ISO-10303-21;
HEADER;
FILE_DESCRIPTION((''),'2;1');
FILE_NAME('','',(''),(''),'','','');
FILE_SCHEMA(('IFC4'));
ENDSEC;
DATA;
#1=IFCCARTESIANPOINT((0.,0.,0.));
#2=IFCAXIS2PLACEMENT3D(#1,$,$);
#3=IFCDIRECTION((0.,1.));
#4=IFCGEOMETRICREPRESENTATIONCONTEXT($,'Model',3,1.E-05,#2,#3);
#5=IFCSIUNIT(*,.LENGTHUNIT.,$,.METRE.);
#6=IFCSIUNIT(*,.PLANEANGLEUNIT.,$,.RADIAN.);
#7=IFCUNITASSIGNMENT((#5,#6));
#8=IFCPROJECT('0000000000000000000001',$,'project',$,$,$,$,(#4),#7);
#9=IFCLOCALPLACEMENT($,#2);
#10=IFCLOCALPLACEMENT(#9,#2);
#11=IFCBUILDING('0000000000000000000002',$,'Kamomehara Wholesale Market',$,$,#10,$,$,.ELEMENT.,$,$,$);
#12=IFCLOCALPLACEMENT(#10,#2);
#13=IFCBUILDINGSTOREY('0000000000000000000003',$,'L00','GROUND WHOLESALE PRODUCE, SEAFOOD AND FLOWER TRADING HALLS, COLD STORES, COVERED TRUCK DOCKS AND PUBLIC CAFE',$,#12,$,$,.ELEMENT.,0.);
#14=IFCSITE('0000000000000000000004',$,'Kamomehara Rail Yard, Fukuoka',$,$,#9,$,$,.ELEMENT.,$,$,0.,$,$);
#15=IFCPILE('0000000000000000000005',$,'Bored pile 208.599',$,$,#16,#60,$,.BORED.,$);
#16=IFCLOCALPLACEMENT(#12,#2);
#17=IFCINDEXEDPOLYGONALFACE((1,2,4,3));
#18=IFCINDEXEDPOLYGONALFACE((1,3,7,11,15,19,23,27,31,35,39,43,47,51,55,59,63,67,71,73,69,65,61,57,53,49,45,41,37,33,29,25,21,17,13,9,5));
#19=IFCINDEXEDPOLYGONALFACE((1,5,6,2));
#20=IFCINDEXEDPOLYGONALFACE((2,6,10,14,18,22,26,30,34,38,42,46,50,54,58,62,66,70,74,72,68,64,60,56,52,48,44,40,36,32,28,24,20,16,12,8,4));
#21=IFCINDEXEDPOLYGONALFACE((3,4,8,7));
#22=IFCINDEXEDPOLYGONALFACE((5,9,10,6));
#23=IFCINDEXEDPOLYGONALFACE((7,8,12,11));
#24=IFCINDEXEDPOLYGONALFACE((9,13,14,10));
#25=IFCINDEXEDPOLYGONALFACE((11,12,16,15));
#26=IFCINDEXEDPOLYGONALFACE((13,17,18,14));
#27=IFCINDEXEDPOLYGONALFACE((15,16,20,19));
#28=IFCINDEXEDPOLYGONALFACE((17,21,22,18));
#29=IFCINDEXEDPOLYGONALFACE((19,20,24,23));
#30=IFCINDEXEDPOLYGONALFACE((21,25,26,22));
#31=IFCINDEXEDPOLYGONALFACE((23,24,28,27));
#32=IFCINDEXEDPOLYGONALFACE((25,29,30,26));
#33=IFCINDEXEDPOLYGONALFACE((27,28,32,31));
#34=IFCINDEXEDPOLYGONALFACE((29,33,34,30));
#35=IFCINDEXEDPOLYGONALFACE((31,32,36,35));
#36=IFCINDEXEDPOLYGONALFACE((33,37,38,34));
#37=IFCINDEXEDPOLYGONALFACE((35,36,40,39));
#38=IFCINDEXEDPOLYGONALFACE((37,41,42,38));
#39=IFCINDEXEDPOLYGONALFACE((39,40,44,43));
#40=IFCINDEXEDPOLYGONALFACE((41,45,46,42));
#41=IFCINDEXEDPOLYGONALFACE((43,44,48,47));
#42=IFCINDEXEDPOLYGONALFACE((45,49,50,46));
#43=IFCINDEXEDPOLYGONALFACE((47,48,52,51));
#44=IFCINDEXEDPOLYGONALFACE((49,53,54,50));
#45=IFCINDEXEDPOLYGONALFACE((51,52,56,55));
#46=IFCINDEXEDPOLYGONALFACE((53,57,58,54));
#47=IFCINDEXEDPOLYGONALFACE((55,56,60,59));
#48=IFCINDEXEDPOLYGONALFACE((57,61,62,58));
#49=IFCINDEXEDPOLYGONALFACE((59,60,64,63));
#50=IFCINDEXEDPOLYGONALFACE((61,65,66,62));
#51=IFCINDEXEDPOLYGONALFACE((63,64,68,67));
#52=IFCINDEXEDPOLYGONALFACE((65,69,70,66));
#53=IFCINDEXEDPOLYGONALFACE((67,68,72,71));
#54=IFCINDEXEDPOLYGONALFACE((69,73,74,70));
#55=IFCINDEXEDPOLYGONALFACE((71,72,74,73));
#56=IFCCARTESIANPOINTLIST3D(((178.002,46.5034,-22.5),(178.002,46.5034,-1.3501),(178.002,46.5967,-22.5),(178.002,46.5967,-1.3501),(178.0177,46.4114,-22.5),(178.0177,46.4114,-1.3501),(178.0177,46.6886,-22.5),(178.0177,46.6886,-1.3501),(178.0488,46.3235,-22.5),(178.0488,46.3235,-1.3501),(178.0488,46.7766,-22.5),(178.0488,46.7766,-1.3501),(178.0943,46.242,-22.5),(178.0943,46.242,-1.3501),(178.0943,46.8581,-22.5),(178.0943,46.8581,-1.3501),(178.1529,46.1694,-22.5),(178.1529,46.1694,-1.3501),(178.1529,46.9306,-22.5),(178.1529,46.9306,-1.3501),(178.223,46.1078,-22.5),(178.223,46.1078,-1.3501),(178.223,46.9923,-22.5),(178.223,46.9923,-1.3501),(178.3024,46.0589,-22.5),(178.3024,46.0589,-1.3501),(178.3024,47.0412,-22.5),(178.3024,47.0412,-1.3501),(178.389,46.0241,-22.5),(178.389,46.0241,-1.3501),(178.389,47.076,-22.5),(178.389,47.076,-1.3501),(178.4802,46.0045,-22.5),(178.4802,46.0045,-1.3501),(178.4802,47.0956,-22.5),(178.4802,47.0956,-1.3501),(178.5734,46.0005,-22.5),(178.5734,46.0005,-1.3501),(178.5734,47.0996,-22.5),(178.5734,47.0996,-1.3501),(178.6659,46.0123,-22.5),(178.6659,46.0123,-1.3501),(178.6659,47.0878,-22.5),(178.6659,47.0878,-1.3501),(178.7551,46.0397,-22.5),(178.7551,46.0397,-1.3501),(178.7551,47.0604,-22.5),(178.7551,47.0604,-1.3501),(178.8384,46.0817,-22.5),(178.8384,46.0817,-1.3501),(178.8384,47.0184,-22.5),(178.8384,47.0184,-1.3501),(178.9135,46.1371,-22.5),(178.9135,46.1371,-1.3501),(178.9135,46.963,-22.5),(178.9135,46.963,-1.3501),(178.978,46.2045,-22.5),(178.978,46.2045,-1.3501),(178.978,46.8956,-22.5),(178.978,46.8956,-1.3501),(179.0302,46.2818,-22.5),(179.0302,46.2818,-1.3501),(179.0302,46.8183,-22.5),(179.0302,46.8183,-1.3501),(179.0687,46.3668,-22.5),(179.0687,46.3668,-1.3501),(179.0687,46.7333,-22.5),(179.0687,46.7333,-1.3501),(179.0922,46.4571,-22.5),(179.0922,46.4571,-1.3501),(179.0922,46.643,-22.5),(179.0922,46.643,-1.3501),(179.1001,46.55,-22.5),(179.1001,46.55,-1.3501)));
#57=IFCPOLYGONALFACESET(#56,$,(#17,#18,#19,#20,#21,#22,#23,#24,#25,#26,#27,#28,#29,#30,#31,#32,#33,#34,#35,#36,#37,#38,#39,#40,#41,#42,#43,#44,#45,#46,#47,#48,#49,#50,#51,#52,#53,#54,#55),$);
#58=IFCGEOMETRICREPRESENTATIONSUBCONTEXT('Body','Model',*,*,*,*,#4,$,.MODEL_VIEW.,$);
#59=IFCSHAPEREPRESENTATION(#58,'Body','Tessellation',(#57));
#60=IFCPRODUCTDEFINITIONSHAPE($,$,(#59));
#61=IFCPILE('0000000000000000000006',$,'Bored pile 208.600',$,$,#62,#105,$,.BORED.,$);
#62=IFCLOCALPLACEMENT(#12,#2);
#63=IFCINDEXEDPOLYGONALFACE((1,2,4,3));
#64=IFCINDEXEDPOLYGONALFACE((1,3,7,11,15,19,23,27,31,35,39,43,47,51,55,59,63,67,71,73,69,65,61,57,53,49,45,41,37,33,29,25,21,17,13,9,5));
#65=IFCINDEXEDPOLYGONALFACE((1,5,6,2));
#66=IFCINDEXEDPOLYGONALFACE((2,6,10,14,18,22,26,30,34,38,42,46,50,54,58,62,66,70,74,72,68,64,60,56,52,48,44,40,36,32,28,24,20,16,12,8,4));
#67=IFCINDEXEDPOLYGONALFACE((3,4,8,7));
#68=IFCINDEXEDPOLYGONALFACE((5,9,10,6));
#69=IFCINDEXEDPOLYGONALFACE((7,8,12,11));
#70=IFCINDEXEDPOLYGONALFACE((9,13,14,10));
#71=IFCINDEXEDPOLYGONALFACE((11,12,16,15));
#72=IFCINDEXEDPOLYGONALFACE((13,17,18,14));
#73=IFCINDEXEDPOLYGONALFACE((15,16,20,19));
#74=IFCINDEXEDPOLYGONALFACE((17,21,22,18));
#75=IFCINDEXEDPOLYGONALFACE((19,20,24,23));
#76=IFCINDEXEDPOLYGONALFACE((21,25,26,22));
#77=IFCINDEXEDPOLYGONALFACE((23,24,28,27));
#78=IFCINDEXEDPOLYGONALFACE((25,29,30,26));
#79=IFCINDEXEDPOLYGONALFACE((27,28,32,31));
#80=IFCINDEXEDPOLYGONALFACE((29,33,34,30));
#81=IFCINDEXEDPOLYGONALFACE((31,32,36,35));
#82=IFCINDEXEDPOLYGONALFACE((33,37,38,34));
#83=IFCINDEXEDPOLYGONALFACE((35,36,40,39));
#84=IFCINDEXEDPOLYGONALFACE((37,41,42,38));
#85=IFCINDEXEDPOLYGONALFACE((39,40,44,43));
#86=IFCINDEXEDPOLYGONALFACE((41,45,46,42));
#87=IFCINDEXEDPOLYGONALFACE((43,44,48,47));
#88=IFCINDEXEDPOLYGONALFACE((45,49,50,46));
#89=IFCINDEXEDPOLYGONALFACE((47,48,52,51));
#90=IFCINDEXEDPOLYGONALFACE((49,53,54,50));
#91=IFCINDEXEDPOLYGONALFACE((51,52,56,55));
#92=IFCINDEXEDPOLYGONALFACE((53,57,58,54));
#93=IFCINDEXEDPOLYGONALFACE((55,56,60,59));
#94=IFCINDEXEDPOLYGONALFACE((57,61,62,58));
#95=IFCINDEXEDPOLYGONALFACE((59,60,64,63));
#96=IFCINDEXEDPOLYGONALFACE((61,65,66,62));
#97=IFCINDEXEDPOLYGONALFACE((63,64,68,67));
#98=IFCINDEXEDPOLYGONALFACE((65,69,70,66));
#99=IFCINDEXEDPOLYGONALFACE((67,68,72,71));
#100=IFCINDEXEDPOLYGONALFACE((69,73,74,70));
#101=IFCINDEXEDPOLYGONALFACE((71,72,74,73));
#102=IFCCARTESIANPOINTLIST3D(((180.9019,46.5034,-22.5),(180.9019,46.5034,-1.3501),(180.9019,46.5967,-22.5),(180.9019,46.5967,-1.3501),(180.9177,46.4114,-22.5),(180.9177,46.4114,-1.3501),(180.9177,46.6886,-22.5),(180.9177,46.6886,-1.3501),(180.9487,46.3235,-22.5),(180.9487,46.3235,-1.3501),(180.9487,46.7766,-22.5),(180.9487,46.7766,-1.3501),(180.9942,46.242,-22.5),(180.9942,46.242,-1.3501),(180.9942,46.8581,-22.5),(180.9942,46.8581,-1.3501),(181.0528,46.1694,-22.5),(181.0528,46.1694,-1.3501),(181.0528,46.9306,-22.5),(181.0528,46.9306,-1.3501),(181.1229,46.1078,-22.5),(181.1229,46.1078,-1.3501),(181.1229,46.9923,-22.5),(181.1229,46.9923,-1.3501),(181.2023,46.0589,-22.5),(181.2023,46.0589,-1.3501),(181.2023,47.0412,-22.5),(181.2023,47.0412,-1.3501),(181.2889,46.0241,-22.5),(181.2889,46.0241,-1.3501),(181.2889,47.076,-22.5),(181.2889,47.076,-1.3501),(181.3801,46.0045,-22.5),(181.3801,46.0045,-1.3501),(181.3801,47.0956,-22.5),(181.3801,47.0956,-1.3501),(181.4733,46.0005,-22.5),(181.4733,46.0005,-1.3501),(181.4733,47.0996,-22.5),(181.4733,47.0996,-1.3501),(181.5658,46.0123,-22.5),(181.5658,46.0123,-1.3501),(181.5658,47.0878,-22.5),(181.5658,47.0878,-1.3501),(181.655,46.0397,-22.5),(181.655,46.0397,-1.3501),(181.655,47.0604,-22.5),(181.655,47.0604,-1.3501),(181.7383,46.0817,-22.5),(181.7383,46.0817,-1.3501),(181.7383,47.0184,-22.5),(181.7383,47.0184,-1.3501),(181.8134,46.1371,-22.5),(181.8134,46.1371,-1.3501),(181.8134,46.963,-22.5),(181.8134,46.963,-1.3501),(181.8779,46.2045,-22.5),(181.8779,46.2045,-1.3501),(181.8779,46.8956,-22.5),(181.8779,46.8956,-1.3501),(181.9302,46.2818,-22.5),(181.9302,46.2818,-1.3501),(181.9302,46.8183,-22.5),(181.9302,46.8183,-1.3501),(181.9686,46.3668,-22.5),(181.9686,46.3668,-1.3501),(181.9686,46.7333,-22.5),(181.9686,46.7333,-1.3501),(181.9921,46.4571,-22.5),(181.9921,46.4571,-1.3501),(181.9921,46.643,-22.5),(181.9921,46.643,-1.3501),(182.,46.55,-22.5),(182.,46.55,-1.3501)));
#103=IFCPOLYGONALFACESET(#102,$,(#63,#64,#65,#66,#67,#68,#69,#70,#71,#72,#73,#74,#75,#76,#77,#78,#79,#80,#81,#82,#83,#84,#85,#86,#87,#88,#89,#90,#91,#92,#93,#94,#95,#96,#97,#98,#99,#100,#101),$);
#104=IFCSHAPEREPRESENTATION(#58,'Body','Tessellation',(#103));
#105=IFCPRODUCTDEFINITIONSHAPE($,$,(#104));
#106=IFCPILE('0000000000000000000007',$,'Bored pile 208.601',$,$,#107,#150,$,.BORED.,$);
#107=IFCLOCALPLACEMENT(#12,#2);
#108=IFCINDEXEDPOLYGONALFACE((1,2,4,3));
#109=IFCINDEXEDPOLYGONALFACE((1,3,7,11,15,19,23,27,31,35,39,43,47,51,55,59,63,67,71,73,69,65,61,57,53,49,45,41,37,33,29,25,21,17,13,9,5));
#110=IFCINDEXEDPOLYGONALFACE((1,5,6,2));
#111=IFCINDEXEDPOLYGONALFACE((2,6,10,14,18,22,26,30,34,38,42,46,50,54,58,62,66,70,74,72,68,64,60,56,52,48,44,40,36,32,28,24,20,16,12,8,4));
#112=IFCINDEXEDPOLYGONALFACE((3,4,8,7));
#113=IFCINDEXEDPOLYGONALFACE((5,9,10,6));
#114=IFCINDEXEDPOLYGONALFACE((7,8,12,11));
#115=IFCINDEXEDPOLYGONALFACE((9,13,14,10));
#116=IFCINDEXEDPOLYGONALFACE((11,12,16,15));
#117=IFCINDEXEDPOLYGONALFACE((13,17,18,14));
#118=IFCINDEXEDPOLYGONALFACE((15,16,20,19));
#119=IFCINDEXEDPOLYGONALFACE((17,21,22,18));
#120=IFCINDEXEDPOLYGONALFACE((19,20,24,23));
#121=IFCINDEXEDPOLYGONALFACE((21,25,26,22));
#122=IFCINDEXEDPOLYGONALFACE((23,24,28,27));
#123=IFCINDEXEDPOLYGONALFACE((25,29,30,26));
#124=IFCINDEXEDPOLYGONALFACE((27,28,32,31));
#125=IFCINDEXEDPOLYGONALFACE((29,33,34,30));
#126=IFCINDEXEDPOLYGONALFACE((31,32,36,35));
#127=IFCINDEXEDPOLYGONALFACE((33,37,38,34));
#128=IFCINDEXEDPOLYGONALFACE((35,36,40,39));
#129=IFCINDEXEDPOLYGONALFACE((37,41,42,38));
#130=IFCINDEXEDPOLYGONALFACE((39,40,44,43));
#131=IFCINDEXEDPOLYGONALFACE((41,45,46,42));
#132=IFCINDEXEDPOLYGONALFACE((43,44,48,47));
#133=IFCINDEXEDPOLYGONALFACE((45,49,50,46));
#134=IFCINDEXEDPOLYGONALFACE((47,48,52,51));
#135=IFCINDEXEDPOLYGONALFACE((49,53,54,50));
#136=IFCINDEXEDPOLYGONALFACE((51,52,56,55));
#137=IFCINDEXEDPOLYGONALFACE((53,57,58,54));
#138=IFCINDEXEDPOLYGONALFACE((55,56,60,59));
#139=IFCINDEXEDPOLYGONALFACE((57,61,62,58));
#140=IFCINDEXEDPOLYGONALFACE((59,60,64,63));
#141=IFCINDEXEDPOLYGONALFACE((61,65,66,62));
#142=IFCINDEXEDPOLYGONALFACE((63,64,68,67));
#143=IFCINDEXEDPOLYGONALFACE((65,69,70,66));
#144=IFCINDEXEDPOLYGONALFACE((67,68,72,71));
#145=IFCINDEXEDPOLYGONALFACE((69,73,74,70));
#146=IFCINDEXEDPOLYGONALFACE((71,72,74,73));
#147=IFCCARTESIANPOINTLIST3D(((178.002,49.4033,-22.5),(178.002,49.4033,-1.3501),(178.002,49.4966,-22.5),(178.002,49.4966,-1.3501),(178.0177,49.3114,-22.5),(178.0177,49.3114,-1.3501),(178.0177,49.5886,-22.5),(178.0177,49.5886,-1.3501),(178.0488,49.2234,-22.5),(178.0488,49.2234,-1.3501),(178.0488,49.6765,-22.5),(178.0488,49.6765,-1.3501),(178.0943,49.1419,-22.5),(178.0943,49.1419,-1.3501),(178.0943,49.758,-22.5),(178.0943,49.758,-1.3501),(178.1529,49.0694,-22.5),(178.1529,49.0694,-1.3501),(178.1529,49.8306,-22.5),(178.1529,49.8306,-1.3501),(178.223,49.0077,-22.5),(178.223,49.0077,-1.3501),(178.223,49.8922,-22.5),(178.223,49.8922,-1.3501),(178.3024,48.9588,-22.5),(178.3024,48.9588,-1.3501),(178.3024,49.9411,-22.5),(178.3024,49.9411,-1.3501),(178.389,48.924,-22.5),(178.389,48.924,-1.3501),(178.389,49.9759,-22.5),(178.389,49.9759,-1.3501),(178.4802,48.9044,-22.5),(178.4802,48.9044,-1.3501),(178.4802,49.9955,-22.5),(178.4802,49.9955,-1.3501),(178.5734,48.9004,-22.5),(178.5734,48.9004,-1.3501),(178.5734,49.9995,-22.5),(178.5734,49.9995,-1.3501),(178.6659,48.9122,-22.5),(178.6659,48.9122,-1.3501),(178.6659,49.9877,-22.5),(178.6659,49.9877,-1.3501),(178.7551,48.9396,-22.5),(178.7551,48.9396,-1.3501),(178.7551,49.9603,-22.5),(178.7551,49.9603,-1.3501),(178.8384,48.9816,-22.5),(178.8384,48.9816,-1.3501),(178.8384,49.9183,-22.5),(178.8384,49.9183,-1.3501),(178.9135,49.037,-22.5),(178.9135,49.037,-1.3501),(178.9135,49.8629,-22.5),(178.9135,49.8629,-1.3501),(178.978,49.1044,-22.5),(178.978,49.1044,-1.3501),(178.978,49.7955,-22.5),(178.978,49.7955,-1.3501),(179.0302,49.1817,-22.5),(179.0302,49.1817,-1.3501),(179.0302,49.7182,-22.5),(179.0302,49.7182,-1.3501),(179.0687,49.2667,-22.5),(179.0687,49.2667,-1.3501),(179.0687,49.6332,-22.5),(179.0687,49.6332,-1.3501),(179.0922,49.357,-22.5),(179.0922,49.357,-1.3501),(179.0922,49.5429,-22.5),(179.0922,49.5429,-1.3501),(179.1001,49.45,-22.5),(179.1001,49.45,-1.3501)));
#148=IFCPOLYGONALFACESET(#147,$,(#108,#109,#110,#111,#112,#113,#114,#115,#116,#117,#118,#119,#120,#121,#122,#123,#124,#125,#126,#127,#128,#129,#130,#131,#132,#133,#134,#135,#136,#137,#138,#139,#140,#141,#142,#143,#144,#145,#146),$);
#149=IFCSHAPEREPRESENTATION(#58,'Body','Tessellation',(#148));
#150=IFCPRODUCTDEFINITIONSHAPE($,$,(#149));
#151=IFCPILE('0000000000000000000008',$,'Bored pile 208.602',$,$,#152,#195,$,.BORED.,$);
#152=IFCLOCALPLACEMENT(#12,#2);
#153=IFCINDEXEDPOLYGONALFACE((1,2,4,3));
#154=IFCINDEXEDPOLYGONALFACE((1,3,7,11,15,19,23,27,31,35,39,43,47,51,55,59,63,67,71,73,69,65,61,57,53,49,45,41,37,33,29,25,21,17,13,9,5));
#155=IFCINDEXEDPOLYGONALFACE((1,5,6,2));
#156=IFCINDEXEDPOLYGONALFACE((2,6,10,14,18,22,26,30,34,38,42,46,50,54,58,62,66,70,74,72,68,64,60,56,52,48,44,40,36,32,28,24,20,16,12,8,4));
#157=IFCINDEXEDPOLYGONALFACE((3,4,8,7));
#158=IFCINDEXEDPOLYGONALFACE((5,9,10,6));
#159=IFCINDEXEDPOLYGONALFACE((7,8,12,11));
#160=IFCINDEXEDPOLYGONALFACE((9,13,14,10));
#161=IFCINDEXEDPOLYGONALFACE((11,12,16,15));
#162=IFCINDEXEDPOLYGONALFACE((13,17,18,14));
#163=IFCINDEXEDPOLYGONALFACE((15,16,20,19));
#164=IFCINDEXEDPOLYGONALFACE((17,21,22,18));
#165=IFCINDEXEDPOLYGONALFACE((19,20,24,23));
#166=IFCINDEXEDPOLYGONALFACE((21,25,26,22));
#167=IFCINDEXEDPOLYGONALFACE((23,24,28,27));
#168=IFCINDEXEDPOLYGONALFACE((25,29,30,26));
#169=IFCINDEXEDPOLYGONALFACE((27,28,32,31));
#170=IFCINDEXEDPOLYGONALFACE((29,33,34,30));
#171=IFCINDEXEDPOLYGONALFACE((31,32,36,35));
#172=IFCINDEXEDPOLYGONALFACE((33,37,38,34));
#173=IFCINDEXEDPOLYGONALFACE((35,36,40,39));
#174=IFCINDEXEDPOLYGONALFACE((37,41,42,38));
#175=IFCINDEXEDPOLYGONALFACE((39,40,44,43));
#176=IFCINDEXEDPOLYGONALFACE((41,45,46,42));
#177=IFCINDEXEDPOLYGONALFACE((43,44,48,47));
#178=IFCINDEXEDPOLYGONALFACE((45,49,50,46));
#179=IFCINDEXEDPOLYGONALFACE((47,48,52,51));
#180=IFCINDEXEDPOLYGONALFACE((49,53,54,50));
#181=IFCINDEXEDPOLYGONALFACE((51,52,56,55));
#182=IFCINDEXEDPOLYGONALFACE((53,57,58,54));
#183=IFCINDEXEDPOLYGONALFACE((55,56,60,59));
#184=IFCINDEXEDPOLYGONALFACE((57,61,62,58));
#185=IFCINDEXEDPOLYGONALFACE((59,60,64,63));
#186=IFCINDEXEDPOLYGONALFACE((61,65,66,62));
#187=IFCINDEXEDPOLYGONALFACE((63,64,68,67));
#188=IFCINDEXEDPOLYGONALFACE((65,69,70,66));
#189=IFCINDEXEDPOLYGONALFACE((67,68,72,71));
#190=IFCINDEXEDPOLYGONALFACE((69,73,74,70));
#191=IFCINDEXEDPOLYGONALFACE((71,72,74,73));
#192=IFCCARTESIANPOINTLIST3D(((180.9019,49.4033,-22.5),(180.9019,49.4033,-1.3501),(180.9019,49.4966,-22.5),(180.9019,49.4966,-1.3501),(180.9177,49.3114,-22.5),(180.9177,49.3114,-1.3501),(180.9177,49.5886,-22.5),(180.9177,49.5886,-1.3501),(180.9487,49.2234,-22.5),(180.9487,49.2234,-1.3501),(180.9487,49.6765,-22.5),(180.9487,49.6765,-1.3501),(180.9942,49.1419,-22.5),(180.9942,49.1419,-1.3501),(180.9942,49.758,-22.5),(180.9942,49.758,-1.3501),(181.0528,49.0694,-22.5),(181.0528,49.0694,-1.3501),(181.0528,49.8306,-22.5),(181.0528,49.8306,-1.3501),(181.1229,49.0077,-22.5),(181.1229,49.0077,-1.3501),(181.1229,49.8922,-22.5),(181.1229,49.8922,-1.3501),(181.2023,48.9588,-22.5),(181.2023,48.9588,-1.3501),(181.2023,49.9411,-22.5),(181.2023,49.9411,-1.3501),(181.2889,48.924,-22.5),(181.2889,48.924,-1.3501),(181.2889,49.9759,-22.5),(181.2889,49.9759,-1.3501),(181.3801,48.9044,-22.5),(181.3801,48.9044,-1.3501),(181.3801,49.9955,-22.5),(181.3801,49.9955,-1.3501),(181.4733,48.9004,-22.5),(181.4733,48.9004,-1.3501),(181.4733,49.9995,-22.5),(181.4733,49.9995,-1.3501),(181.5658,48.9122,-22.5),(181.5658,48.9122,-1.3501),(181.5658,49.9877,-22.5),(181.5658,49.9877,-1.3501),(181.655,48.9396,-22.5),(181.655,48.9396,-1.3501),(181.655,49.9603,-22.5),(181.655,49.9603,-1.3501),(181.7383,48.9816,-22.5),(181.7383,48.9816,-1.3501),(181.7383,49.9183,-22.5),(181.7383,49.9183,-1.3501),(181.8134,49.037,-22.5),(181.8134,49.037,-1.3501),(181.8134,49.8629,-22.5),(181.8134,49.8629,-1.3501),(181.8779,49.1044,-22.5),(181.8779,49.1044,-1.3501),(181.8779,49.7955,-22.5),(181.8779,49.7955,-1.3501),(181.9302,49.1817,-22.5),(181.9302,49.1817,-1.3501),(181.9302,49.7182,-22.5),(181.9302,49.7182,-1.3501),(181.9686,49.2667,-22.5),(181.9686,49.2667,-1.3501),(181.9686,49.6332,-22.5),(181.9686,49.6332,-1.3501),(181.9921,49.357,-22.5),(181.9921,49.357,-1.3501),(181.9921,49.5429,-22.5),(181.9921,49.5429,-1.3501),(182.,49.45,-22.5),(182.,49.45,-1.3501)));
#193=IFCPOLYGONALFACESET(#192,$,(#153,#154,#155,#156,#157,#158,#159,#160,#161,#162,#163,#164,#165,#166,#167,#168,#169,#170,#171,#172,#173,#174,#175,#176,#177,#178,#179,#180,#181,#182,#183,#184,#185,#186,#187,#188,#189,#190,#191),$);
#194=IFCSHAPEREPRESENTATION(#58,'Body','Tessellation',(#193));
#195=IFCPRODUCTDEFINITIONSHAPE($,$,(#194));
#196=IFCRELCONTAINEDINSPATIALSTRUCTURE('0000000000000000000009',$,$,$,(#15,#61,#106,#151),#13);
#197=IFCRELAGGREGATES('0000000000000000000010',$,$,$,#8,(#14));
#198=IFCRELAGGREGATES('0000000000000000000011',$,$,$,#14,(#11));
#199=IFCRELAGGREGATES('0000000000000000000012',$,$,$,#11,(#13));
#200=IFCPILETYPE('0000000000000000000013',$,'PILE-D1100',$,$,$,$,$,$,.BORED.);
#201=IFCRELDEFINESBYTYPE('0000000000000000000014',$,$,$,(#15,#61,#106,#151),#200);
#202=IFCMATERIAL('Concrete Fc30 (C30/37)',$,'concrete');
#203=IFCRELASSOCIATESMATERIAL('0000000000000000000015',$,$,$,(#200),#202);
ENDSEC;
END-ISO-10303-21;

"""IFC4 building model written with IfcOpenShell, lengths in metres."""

from ifc_helpers import new_model, si_unit, direction, frame, origin, origin_2d, place, context, subcontext, project, spatial, circle, extrude, material, material_profile, profile_set, type_object, element, save


model = new_model("IFC4")

# Units and contexts
model_context = context("Model", 3, precision=1e-05, world=origin(), true_north=direction((0.0, 1.0)))
body_context = subcontext(model_context, "Body", "Model", "MODEL_VIEW")
ifc_project = project(units=[si_unit("LENGTHUNIT", "METRE"), si_unit("PLANEANGLEUNIT", "RADIAN")], contexts=[model_context])

# Site, building, storey
site_placement = place(None, origin())
site = spatial("IfcSite", under=ifc_project, at=site_placement, Name="Kamomehara Rail Yard, Fukuoka", CompositionType="ELEMENT", RefElevation=0.0)
building_placement = place(site_placement, origin())
building = spatial("IfcBuilding", under=site, at=building_placement, Name="Kamomehara Wholesale Market", CompositionType="ELEMENT")
storey_placement = place(building_placement, origin())
storey = spatial("IfcBuildingStorey", under=building, at=storey_placement, Name="L00", Description="GROUND WHOLESALE PRODUCE, SEAFOOD AND FLOWER TRADING HALLS, COLD STORES, COVERED TRUCK DOCKS AND PUBLIC CAFE", CompositionType="ELEMENT", Elevation=0.0)

# Piles
ifc_material_1 = material(Name="Concrete Fc30 (C30/37)", Category="concrete")
ifc_material_profile_1 = material_profile(ifc_material_1, circle(Radius=0.55, at=origin_2d()), Name="RC-PILE-D1100")
ifc_profile_set_1 = profile_set([ifc_material_profile_1], Name="Concrete Fc30 (C30/37)")
pile_type_1 = type_object("IfcPileType", Name="PILE-D1100", PredefinedType="BORED", material=ifc_profile_set_1)
for number, where, z_axis, x_axis, name in (
    (1, (178.55, 46.55, -1.3501), (0.0, 0.0, -1.0), (1.0, 0.0, 0.0), "Bored pile 208.599"),
    (2, (181.45, 46.55, -1.3501), (0.0, 0.0, -1.0), (1.0, 0.0, 0.0), "Bored pile 208.600"),
    (3, (178.55, 49.45, -1.3501), (0.0, 0.0, -1.0), (1.0, 0.0, 0.0), "Bored pile 208.601"),
    (4, (181.45, 49.45, -1.3501), (0.0, 0.0, -1.0), (1.0, 0.0, 0.0), "Bored pile 208.602"),
):
    element("IfcPile", number, at=place(storey_placement, frame(where, z_axis=z_axis, x_axis=x_axis)), inside=storey, type_object=pile_type_1, Name=name, PredefinedType="BORED", context=body_context, shape_type="SweptSolid", body=[
        extrude(circle(Radius=0.55, at=origin_2d()), origin(), (0.0, 0.0, 1.0), 21.1499),
    ])

save(model, "model.ifc")
